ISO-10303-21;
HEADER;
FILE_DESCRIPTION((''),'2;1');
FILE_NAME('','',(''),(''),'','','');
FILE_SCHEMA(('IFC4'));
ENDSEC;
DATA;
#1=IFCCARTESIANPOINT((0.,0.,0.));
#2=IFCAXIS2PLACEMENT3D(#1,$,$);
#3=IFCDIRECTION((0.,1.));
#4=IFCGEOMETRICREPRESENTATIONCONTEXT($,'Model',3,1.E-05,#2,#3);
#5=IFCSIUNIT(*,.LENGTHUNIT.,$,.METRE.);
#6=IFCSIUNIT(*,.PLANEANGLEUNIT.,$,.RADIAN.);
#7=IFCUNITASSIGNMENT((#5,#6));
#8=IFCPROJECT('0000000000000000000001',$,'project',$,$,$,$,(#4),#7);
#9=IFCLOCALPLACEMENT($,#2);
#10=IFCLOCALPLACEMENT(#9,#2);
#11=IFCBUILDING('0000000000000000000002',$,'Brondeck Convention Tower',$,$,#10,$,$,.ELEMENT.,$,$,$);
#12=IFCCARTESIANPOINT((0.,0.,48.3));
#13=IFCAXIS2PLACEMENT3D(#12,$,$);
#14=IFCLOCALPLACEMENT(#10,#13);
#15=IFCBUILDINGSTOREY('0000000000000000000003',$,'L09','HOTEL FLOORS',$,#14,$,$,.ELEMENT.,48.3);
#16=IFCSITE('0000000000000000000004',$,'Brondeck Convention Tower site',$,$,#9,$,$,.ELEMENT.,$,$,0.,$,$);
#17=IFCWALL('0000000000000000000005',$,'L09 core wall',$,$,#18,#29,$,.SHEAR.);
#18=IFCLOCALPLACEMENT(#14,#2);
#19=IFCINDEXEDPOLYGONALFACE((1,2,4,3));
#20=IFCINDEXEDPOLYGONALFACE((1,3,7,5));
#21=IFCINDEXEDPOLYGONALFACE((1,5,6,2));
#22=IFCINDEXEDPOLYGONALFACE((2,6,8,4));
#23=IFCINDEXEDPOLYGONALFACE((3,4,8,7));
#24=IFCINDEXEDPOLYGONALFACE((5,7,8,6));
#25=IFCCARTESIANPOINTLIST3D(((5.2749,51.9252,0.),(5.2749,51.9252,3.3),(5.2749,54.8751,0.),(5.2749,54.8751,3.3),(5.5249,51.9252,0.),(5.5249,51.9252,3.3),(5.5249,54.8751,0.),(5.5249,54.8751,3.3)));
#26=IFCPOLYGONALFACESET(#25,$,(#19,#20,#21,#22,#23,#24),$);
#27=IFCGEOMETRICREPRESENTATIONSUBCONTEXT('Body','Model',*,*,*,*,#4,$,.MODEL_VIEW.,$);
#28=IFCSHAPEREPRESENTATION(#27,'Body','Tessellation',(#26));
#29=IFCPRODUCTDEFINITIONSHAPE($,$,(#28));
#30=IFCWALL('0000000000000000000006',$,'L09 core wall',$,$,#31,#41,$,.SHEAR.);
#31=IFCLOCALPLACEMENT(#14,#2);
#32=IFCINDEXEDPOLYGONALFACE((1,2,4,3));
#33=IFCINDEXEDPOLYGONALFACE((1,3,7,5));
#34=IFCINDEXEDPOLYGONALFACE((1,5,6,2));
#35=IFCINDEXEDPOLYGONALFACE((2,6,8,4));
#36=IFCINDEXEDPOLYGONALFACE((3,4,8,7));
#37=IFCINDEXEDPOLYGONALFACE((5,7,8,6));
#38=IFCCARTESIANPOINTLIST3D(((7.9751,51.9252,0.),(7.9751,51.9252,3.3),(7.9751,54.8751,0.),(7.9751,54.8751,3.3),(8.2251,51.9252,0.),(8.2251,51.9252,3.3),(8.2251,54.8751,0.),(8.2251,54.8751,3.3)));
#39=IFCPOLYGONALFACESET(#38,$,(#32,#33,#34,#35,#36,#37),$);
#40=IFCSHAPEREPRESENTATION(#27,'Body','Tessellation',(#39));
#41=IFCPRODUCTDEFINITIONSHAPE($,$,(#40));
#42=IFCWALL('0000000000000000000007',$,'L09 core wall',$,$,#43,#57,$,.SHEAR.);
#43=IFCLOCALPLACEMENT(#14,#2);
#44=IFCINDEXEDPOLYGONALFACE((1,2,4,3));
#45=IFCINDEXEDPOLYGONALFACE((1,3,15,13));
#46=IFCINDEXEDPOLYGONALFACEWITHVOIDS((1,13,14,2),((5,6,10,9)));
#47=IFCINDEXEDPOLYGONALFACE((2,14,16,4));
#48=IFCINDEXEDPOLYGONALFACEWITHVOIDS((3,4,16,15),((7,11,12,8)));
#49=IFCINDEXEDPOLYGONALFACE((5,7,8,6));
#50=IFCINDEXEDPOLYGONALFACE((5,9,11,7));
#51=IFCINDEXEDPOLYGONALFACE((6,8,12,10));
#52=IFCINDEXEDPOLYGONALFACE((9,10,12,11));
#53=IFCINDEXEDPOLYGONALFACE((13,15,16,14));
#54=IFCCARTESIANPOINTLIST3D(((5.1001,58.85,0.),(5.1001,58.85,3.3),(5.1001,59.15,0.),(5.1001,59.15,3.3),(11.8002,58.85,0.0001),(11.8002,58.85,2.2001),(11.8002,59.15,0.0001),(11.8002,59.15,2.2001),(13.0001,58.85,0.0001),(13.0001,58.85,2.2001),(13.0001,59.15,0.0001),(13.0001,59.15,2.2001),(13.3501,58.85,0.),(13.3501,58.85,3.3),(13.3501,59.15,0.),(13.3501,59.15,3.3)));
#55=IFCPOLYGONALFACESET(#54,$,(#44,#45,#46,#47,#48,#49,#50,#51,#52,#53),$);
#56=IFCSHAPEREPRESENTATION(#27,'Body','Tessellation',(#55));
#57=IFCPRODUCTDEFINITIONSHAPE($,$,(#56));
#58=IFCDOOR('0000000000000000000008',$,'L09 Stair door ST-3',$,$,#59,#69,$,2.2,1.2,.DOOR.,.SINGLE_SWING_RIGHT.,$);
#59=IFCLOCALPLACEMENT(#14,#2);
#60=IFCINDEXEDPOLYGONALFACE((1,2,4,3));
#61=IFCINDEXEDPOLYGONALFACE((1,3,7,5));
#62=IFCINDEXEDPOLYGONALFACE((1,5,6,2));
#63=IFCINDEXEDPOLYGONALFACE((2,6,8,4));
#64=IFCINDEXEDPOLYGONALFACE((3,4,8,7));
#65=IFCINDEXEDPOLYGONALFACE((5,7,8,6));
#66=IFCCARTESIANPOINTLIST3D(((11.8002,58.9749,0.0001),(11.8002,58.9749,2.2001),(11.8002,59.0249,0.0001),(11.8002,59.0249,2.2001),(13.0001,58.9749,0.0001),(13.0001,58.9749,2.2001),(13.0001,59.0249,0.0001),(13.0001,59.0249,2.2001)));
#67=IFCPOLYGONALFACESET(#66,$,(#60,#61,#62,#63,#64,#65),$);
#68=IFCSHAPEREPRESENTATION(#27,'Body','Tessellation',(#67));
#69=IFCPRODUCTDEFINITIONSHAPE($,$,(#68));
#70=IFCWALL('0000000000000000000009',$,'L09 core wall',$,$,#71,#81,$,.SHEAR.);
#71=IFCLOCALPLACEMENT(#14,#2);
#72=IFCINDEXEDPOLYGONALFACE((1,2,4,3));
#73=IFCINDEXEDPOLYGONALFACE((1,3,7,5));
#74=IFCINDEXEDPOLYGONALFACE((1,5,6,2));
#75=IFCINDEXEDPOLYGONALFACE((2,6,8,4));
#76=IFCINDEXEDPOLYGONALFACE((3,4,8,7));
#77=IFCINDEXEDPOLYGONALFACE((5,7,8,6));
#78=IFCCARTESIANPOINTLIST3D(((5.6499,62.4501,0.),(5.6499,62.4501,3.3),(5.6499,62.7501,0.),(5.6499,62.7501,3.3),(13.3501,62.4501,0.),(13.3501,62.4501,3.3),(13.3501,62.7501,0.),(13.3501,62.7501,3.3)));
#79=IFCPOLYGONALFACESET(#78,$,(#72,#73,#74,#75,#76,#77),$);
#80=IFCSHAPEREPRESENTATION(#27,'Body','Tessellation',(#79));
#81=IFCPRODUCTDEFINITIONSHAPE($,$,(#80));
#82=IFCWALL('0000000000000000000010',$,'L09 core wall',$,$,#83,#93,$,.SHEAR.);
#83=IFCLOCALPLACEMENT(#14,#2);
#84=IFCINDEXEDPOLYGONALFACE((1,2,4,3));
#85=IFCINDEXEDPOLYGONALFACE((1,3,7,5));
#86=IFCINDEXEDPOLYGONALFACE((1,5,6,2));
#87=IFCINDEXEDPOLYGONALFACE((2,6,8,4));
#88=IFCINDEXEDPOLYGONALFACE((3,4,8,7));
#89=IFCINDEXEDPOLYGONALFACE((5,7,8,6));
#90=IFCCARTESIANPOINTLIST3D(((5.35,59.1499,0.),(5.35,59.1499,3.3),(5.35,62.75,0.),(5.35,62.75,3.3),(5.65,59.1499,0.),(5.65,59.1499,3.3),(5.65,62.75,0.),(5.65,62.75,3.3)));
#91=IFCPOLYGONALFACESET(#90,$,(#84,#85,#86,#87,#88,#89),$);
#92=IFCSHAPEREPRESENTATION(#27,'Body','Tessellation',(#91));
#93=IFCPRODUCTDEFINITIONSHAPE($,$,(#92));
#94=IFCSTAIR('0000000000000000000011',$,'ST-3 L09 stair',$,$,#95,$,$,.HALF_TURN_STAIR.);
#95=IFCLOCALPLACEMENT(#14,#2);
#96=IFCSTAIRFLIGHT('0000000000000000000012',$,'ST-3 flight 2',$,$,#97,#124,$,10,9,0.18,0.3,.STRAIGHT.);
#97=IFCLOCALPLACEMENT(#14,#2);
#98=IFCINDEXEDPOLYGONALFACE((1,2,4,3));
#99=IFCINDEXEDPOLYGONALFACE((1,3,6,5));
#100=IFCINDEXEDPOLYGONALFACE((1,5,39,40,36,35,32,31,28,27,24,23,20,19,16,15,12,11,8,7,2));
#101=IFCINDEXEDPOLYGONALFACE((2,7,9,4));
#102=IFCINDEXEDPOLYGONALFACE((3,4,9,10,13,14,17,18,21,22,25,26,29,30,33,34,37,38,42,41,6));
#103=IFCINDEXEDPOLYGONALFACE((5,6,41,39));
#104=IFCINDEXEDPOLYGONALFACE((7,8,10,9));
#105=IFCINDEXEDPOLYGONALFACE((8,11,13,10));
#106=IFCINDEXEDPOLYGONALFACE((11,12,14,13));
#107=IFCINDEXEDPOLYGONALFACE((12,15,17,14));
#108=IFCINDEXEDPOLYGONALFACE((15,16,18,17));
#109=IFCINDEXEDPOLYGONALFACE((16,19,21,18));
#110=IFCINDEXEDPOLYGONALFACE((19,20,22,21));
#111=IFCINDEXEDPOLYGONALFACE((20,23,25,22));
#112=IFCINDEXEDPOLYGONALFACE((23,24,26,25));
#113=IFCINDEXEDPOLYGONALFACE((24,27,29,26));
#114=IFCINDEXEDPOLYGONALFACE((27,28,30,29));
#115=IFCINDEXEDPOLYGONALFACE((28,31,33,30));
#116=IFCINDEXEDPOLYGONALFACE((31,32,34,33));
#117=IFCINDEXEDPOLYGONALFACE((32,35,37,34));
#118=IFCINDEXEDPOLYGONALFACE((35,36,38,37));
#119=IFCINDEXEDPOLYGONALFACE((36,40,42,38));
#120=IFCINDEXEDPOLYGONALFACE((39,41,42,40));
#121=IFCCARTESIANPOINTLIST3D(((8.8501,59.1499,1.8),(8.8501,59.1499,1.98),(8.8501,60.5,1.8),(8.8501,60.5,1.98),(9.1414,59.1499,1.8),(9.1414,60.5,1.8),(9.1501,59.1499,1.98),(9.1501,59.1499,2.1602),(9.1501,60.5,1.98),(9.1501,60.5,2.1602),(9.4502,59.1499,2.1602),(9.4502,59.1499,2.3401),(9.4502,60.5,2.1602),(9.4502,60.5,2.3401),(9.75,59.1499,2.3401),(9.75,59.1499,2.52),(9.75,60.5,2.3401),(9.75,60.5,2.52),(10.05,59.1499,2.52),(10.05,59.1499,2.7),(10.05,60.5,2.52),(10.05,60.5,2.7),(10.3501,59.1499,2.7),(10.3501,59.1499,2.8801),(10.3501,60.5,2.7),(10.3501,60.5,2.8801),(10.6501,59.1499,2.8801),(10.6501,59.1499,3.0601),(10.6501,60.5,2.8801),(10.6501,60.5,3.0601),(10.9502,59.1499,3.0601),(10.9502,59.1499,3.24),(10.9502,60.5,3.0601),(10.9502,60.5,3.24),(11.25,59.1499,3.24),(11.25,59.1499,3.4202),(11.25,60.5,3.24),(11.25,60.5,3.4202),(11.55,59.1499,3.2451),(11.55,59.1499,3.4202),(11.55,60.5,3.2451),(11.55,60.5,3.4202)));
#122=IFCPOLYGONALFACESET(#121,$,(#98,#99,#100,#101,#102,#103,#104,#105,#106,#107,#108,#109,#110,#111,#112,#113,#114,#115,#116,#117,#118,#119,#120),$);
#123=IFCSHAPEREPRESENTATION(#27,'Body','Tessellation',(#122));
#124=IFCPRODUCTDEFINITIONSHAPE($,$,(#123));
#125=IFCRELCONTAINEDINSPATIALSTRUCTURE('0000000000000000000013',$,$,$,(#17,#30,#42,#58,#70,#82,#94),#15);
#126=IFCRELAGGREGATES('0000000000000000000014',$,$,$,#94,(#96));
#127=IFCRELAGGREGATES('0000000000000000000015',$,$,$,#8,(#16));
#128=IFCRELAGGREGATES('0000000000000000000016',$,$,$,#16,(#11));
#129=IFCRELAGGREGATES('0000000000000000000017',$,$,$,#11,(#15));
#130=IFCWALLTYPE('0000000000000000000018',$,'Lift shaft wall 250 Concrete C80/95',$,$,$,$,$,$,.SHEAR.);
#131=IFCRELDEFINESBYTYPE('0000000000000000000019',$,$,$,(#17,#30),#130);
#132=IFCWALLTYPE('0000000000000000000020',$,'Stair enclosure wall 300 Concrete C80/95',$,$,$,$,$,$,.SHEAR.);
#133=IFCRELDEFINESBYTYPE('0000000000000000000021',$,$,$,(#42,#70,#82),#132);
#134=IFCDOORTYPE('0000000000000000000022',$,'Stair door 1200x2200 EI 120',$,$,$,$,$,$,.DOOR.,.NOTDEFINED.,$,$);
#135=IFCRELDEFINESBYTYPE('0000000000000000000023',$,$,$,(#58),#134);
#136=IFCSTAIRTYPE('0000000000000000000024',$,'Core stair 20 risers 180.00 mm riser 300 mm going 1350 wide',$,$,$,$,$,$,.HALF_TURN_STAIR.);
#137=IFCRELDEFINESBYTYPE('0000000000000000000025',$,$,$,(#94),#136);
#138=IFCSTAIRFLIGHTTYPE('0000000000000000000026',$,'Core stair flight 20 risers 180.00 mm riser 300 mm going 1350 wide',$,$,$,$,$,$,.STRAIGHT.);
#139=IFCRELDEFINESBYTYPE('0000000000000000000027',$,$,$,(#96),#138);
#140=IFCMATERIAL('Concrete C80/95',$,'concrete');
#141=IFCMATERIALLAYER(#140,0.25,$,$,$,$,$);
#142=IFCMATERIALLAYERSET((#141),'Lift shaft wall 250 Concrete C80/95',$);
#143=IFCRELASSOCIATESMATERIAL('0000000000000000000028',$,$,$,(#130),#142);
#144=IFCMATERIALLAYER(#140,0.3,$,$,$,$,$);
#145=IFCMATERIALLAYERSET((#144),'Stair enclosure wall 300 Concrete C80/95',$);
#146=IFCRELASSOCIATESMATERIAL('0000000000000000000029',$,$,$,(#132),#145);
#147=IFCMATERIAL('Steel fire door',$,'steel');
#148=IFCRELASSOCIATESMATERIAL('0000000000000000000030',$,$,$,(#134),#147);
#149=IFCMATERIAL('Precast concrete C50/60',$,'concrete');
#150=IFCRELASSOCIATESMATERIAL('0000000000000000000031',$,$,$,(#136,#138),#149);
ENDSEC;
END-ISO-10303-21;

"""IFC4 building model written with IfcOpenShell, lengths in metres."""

from ifc_helpers import new_model, si_unit, direction, frame, frame_2d, origin, place, context, subcontext, project, spatial, polyline, rectangle, outline, extrude, material, layer, layer_set, type_object, element, fill, aggregate, save


model = new_model("IFC4")

# Units and contexts
model_context = context("Model", 3, precision=1e-05, world=origin(), true_north=direction((0.0, 1.0)))
body_context = subcontext(model_context, "Body", "Model", "MODEL_VIEW")
ifc_project = project(units=[si_unit("LENGTHUNIT", "METRE"), si_unit("PLANEANGLEUNIT", "RADIAN")], contexts=[model_context])

# Site, building, storey
site_placement = place(None, origin())
site = spatial("IfcSite", under=ifc_project, at=site_placement, Name="Brondeck Convention Tower site", CompositionType="ELEMENT", RefElevation=0.0)
building_placement = place(site_placement, origin())
building = spatial("IfcBuilding", under=site, at=building_placement, Name="Brondeck Convention Tower", CompositionType="ELEMENT")
storey_placement = place(building_placement, frame((0.0, 0.0, 48.3)))
storey = spatial("IfcBuildingStorey", under=building, at=storey_placement, Name="L09", Description="HOTEL FLOORS", CompositionType="ELEMENT", Elevation=48.3)

# Shared definitions
ifc_material_1 = material(Name="Concrete C80/95", Category="concrete")

# Shared definitions
ifc_material_2 = material(Name="Steel fire door", Category="steel")

# Shared definitions
ifc_layer_1 = layer(ifc_material_1, 0.25)
ifc_layer_set_1 = layer_set([ifc_layer_1], Name="Lift shaft wall 250 Concrete C80/95")
wall_type_1 = type_object("IfcWallType", Name="Lift shaft wall 250 Concrete C80/95", PredefinedType="SHEAR", material=ifc_layer_set_1)

# Walls
for number, where, z_axis, x_axis, name in (
    (1, (5.3999, 51.925, 0.0), (0.0, 0.0, 1.0), (0.0, 1.0, 0.0), "L09 core wall"),
    (2, (8.1001, 51.925, 0.0), (0.0, 0.0, 1.0), (0.0, 1.0, 0.0), "L09 core wall"),
):
    element("IfcWall", number, at=place(storey_placement, frame(where, z_axis=z_axis, x_axis=x_axis)), inside=storey, type_object=wall_type_1, Name=name, PredefinedType="SHEAR", context=body_context, shape_type="SweptSolid", body=[
        extrude(rectangle(XDim=2.95, YDim=0.25, at=frame_2d((1.4751, 0.0))), origin(), (0.0, 0.0, 1.0), 3.3),
    ])

# Wall, opening, door
ifc_layer_2 = layer(ifc_material_1, 0.3)
ifc_layer_set_2 = layer_set([ifc_layer_2], Name="Stair enclosure wall 300 Concrete C80/95")
wall_type_2 = type_object("IfcWallType", Name="Stair enclosure wall 300 Concrete C80/95", PredefinedType="SHEAR", material=ifc_layer_set_2)
wall_1_placement = place(storey_placement, frame((5.1001, 59.0, 0.0), z_axis=(0.0, 0.0, 1.0), x_axis=(1.0, 0.0, 0.0)))
wall_1 = element("IfcWall", 3, at=wall_1_placement, inside=storey, type_object=wall_type_2, Name="L09 core wall", PredefinedType="SHEAR", context=body_context, shape_type="SweptSolid", body=[
    extrude(rectangle(XDim=8.25, YDim=0.3, at=frame_2d((4.125, 0.0))), origin(), (0.0, 0.0, 1.0), 3.3),
])
opening_1_placement = place(wall_1_placement, frame((6.7, 0.0, 0.0)))
opening_1 = element("IfcOpeningElement", 4, at=opening_1_placement, cuts=wall_1, PredefinedType="OPENING", context=body_context, shape_type="SweptSolid", body=[
    extrude(rectangle(XDim=1.2, YDim=2.2, at=frame_2d((0.6001, 1.1001))), frame((0.0, 0.1599, 0.0), z_axis=(0.0, -1.0, 0.0), x_axis=(1.0, 0.0, 0.0)), (0.0, 0.0, 1.0), 0.3201),
])
door_type_1 = type_object("IfcDoorType", Name="Stair door 1200x2200 EI 120", OperationType="NOTDEFINED", PredefinedType="DOOR", material=ifc_material_2)
door_1_placement = place(opening_1_placement, origin())
door_1 = element("IfcDoor", 5, at=door_1_placement, inside=storey, type_object=door_type_1, Name="L09 Stair door ST-3", OperationType="SINGLE_SWING_RIGHT", OverallHeight=2.2, OverallWidth=1.2, PredefinedType="DOOR", context=body_context, shape_type="SweptSolid", body=[
    extrude(rectangle(XDim=1.2, YDim=2.2, at=frame_2d((0.6001, 1.1001))), frame((0.0, 0.0249, 0.0), z_axis=(0.0, -1.0, 0.0), x_axis=(1.0, 0.0, 0.0)), (0.0, 0.0, 1.0), 0.05),
])
fill(opening_1, door_1)

# Walls
wall_2_placement = place(storey_placement, frame((5.6499, 62.6001, 0.0), z_axis=(0.0, 0.0, 1.0), x_axis=(1.0, 0.0, 0.0)))
element("IfcWall", 6, at=wall_2_placement, inside=storey, type_object=wall_type_2, Name="L09 core wall", PredefinedType="SHEAR", context=body_context, shape_type="SweptSolid", body=[
    extrude(rectangle(XDim=7.7002, YDim=0.3, at=frame_2d((3.8501, 0.0))), origin(), (0.0, 0.0, 1.0), 3.3),
])
wall_3_placement = place(storey_placement, frame((5.5, 59.1499, 0.0), z_axis=(0.0, 0.0, 1.0), x_axis=(0.0, 1.0, 0.0)))
element("IfcWall", 7, at=wall_3_placement, inside=storey, type_object=wall_type_2, Name="L09 core wall", PredefinedType="SHEAR", context=body_context, shape_type="SweptSolid", body=[
    extrude(rectangle(XDim=3.6001, YDim=0.3, at=frame_2d((1.8, 0.0))), origin(), (0.0, 0.0, 1.0), 3.3),
])

# Stair, stair flight
ifc_material_3 = material(Name="Precast concrete C50/60", Category="concrete")
stair_type = type_object("IfcStairType", Name="Core stair 20 risers 180.00 mm riser 300 mm going 1350 wide", PredefinedType="HALF_TURN_STAIR", material=ifc_material_3)
stair_placement = place(storey_placement, origin())
stair = element("IfcStair", 8, at=stair_placement, inside=storey, type_object=stair_type, Name="ST-3 L09 stair", PredefinedType="HALF_TURN_STAIR")
stair_flight_type = type_object("IfcStairFlightType", Name="Core stair flight 20 risers 180.00 mm riser 300 mm going 1350 wide", PredefinedType="STRAIGHT", material=ifc_material_3)
stair_flight_placement = place(storey_placement, frame((8.8501, 59.825, 1.8), z_axis=(0.0, 0.0, 1.0), x_axis=(1.0, 0.0, 0.0)))
stair_flight = element("IfcStairFlight", 9, at=stair_flight_placement, type_object=stair_flight_type, Name="ST-3 flight 2", NumberOfRisers=10, NumberOfTreads=9, PredefinedType="STRAIGHT", RiserHeight=0.18, TreadLength=0.3, context=body_context, shape_type="SweptSolid", body=[
    extrude(outline(polyline([(0.0, 0.0), (0.0, 0.1799), (0.3, 0.1799), (0.3, 0.3601), (0.6001, 0.3601), (0.6001, 0.54), (0.8999, 0.54), (0.8999, 0.72), (1.2, 0.72), (1.2, 0.8999), (1.5, 0.8999), (1.5, 1.0801), (1.8, 1.0801), (1.8, 1.26), (2.1001, 1.26), (2.1001, 1.4399), (2.3999, 1.4399), (2.3999, 1.6201), (2.7, 1.6201), (2.7, 1.8), (2.7, 1.4451), (0.2913, 0.0), (0.0, 0.0)])), frame((0.0, 0.675, 0.0), z_axis=(0.0, -1.0, 0.0), x_axis=(1.0, 0.0, 0.0)), (0.0, 0.0, 1.0), 1.3501),
])
aggregate(stair, [stair_flight])

save(model, "model.ifc")
